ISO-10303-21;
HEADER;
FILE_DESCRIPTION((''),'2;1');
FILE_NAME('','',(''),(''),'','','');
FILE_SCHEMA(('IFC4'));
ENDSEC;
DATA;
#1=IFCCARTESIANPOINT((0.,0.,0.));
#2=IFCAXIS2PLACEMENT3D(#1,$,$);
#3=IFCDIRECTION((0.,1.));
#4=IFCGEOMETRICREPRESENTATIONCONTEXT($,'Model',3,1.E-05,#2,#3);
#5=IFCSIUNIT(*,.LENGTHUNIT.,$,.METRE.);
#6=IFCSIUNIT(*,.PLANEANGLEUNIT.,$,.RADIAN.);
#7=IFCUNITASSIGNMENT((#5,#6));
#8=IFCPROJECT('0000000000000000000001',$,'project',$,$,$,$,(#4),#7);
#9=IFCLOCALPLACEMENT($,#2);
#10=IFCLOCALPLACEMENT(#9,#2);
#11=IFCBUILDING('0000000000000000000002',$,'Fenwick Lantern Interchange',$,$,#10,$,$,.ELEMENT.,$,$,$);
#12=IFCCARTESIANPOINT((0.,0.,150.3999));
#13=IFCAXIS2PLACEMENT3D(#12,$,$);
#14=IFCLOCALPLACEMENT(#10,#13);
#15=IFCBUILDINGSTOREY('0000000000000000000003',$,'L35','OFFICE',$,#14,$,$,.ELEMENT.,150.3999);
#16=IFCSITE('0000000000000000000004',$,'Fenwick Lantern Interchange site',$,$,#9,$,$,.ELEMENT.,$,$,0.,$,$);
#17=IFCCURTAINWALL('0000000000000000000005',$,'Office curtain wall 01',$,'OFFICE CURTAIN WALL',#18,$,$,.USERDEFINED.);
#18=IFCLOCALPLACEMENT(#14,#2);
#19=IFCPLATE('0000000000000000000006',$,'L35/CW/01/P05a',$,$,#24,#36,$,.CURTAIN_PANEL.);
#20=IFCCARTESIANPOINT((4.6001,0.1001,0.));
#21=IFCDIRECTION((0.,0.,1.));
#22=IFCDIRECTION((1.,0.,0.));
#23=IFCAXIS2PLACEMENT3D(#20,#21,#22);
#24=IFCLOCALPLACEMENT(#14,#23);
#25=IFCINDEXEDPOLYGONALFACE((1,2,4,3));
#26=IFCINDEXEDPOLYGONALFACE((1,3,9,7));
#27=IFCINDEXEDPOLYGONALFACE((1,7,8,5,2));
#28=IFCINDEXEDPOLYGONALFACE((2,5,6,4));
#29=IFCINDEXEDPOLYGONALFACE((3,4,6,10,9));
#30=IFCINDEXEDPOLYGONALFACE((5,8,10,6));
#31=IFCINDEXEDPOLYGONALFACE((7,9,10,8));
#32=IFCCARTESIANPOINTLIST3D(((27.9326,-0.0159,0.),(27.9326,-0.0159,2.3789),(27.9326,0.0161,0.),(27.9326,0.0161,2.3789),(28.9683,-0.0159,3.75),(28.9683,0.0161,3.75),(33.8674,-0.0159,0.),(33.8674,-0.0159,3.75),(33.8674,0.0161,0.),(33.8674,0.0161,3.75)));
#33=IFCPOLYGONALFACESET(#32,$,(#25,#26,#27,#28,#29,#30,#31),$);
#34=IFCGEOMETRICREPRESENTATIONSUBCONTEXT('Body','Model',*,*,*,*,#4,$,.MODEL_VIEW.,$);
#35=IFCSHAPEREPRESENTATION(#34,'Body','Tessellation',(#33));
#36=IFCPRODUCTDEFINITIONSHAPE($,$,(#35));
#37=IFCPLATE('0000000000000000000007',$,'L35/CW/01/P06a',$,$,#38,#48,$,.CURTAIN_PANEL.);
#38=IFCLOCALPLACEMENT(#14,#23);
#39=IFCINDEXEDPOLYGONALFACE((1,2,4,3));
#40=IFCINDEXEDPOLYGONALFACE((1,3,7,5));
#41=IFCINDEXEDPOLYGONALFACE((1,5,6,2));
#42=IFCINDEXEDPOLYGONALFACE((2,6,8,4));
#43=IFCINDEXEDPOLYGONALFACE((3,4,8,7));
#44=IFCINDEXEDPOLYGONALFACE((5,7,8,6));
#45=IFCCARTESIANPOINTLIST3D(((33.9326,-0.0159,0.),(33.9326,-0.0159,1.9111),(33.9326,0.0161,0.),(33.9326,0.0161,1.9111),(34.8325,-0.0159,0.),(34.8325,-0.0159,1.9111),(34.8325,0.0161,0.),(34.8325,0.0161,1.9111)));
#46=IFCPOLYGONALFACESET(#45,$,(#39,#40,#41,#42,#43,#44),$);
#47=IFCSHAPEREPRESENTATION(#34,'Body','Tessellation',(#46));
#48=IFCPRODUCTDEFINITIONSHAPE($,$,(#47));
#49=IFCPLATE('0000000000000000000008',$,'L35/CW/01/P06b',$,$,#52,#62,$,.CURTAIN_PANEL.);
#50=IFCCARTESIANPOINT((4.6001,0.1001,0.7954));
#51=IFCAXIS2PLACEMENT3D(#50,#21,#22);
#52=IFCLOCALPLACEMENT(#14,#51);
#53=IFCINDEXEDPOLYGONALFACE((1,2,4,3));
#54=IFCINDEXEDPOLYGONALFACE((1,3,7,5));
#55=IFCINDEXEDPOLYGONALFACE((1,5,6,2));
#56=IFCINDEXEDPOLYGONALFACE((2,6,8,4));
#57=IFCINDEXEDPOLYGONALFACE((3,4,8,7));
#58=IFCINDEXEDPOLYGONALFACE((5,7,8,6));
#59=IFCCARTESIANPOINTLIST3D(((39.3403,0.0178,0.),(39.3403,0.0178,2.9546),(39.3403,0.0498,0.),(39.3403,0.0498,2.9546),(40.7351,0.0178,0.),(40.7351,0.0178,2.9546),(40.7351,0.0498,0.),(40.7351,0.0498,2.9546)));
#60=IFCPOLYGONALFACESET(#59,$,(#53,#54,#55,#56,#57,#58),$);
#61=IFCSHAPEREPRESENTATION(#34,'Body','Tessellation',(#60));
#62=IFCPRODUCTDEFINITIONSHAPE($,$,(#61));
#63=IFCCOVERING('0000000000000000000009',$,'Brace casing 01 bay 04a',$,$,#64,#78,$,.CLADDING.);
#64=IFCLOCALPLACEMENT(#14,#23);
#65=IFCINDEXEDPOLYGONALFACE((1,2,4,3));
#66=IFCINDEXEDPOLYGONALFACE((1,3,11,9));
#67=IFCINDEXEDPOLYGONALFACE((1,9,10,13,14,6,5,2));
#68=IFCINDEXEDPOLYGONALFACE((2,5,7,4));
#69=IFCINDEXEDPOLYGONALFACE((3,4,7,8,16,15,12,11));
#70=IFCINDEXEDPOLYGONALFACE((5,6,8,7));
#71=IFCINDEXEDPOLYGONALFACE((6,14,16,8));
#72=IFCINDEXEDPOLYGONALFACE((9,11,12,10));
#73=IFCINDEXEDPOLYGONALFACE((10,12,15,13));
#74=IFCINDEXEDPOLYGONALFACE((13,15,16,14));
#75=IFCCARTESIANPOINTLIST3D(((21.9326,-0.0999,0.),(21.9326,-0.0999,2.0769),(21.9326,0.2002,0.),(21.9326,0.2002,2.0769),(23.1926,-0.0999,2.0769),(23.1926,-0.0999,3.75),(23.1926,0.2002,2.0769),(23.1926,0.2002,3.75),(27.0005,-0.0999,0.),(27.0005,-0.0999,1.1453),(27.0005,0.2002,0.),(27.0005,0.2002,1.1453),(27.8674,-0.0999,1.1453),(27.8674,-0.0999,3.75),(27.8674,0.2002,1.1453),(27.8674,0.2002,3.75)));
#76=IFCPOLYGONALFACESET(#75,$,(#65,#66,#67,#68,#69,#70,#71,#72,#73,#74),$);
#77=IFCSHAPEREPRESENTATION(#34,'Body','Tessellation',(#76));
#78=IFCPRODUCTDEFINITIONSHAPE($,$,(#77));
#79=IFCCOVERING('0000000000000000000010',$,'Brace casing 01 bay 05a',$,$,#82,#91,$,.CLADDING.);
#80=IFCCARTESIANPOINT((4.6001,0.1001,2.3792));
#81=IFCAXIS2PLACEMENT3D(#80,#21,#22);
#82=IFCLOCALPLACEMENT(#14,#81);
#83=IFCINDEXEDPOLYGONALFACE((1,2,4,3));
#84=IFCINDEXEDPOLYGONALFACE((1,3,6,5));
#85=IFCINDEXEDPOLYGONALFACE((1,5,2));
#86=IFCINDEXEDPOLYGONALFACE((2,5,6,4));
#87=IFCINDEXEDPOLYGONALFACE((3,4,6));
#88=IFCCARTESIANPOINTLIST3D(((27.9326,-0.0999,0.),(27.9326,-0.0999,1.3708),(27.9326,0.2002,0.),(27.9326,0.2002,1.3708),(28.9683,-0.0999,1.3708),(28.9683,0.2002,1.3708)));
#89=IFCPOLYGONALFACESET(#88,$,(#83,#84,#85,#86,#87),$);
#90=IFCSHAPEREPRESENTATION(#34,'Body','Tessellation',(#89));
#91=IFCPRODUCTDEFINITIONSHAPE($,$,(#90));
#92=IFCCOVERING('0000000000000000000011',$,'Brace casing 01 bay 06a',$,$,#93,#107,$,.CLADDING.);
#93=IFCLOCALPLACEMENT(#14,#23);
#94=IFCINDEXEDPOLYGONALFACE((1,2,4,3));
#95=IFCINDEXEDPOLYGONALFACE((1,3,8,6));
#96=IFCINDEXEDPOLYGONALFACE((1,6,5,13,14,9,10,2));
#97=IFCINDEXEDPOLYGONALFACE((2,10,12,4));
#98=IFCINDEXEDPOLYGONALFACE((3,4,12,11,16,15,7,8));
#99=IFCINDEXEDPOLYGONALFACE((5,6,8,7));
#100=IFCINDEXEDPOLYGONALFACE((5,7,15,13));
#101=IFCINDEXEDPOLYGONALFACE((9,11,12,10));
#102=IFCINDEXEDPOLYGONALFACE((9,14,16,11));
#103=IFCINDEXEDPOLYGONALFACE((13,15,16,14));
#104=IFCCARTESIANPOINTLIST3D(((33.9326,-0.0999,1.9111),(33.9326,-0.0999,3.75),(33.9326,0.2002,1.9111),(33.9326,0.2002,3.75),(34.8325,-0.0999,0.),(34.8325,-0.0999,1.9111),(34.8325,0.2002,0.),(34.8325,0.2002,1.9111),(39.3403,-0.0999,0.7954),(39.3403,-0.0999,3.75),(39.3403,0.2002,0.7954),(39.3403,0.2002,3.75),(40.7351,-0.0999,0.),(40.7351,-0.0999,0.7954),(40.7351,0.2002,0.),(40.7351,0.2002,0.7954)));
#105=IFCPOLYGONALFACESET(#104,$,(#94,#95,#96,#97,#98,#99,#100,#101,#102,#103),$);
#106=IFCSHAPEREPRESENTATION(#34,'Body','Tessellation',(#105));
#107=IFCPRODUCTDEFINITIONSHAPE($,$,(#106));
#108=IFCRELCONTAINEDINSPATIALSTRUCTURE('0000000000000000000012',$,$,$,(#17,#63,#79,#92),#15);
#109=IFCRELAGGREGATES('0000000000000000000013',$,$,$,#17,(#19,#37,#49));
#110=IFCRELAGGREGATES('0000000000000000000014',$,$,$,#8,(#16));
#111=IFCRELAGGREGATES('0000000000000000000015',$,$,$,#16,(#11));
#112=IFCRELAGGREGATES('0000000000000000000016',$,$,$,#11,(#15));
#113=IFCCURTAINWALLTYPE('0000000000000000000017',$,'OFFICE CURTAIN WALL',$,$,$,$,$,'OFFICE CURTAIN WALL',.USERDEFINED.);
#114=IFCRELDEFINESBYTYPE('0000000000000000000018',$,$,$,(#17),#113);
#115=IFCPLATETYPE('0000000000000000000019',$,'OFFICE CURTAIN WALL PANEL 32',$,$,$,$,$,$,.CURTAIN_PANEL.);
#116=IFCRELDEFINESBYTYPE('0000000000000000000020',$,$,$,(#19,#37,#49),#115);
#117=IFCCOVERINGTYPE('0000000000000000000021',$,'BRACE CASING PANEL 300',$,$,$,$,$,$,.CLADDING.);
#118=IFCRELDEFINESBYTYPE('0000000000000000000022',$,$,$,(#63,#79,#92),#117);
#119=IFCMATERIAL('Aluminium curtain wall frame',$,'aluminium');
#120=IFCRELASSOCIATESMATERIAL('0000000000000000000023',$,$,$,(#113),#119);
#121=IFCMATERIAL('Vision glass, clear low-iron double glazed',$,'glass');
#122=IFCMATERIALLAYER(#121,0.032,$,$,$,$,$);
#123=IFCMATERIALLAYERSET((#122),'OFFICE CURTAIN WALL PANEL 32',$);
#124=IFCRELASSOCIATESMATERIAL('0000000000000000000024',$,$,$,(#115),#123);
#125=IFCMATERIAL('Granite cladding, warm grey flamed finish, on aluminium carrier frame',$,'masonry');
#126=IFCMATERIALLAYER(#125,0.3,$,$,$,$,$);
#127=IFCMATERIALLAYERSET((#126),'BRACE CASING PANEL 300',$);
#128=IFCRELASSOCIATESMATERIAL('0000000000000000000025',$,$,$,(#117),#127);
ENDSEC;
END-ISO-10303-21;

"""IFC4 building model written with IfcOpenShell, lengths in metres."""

from ifc_helpers import new_model, si_unit, direction, frame, origin, place, context, subcontext, project, spatial, polyline, outline, extrude, material, layer, layer_set, type_object, element, aggregate, save


model = new_model("IFC4")

# Units and contexts
model_context = context("Model", 3, precision=1e-05, world=origin(), true_north=direction((0.0, 1.0)))
body_context = subcontext(model_context, "Body", "Model", "MODEL_VIEW")
ifc_project = project(units=[si_unit("LENGTHUNIT", "METRE"), si_unit("PLANEANGLEUNIT", "RADIAN")], contexts=[model_context])

# Site, building, storey
site_placement = place(None, origin())
site = spatial("IfcSite", under=ifc_project, at=site_placement, Name="Fenwick Lantern Interchange site", CompositionType="ELEMENT", RefElevation=0.0)
building_placement = place(site_placement, origin())
building = spatial("IfcBuilding", under=site, at=building_placement, Name="Fenwick Lantern Interchange", CompositionType="ELEMENT")
storey_placement = place(building_placement, frame((0.0, 0.0, 150.3999)))
storey = spatial("IfcBuildingStorey", under=building, at=storey_placement, Name="L35", Description="OFFICE", CompositionType="ELEMENT", Elevation=150.3999)

# Curtain wall
ifc_material_1 = material(Name="Aluminium curtain wall frame", Category="aluminium")
curtain_wall_type = type_object("IfcCurtainWallType", Name="OFFICE CURTAIN WALL", ElementType="OFFICE CURTAIN WALL", PredefinedType="USERDEFINED", material=ifc_material_1)
curtain_wall_1_placement = place(storey_placement, origin())
curtain_wall_1 = element("IfcCurtainWall", 1, at=curtain_wall_1_placement, inside=storey, type_object=curtain_wall_type, Name="Office curtain wall 01", ObjectType="OFFICE CURTAIN WALL", PredefinedType="USERDEFINED")

# Plates
ifc_material_2 = material(Name="Vision glass, clear low-iron double glazed", Category="glass")
ifc_layer_1 = layer(ifc_material_2, 0.032)
ifc_layer_set_1 = layer_set([ifc_layer_1], Name="OFFICE CURTAIN WALL PANEL 32")
plate_type = type_object("IfcPlateType", Name="OFFICE CURTAIN WALL PANEL 32", PredefinedType="CURTAIN_PANEL", material=ifc_layer_set_1)
plate_1_placement = place(storey_placement, frame((4.6001, 0.1001, 0.0), z_axis=(0.0, 0.0, 1.0), x_axis=(1.0, 0.0, 0.0)))
plate_1 = element("IfcPlate", 2, at=plate_1_placement, type_object=plate_type, Name="L35/CW/01/P05a", PredefinedType="CURTAIN_PANEL", context=body_context, shape_type="SweptSolid", body=[
    extrude(outline(polyline([(27.9326, 0.0), (33.8674, 0.0), (33.8674, 3.75), (28.9683, 3.75), (27.9326, 2.3789), (27.9326, 0.0)])), frame((0.0, 0.0161, 0.0), z_axis=(0.0, -1.0, 0.0), x_axis=(1.0, 0.0, 0.0)), (0.0, 0.0, 1.0), 0.032),
])
plate_2_placement = place(storey_placement, frame((4.6001, 0.1001, 0.0), z_axis=(0.0, 0.0, 1.0), x_axis=(1.0, 0.0, 0.0)))
plate_2 = element("IfcPlate", 3, at=plate_2_placement, type_object=plate_type, Name="L35/CW/01/P06a", PredefinedType="CURTAIN_PANEL", context=body_context, shape_type="SweptSolid", body=[
    extrude(outline(polyline([(33.9326, 0.0), (34.8325, 0.0), (34.8325, 1.9111), (33.9326, 1.9111), (33.9326, 0.0)])), frame((0.0, 0.0161, 0.0), z_axis=(0.0, -1.0, 0.0), x_axis=(1.0, 0.0, 0.0)), (0.0, 0.0, 1.0), 0.032),
])
plate_3_placement = place(storey_placement, frame((4.6001, 0.1001, 0.7954), z_axis=(0.0, 0.0, 1.0), x_axis=(1.0, 0.0, 0.0)))
plate_3 = element("IfcPlate", 4, at=plate_3_placement, type_object=plate_type, Name="L35/CW/01/P06b", PredefinedType="CURTAIN_PANEL", context=body_context, shape_type="SweptSolid", body=[
    extrude(outline(polyline([(39.3403, 0.0), (40.7351, 0.0), (40.7351, 2.9546), (39.3403, 2.9546), (39.3403, 0.0)])), frame((0.0, 0.0498, 0.0), z_axis=(0.0, -1.0, 0.0), x_axis=(1.0, 0.0, 0.0)), (0.0, 0.0, 1.0), 0.032),
])
aggregate(curtain_wall_1, [plate_1, plate_2, plate_3])

# Coverings
ifc_material_3 = material(Name="Granite cladding, warm grey flamed finish, on aluminium carrier frame", Category="masonry")
ifc_layer_2 = layer(ifc_material_3, 0.3)
ifc_layer_set_2 = layer_set([ifc_layer_2], Name="BRACE CASING PANEL 300")
covering_type = type_object("IfcCoveringType", Name="BRACE CASING PANEL 300", PredefinedType="CLADDING", material=ifc_layer_set_2)
covering_1_placement = place(storey_placement, frame((4.6001, 0.1001, 0.0), z_axis=(0.0, 0.0, 1.0), x_axis=(1.0, 0.0, 0.0)))
element("IfcCovering", 5, at=covering_1_placement, inside=storey, type_object=covering_type, Name="Brace casing 01 bay 04a", PredefinedType="CLADDING", context=body_context, shape_type="SweptSolid", body=[
    extrude(outline(polyline([(21.9326, 0.0), (27.0005, 0.0), (27.0005, 1.1453), (27.8674, 1.1453), (27.8674, 3.75), (23.1926, 3.75), (23.1926, 2.0769), (21.9326, 2.0769), (21.9326, 0.0)])), frame((0.0, 0.2002, 0.0), z_axis=(0.0, -1.0, 0.0), x_axis=(1.0, 0.0, 0.0)), (0.0, 0.0, 1.0), 0.3),
])
covering_2_placement = place(storey_placement, frame((4.6001, 0.1001, 2.3792), z_axis=(0.0, 0.0, 1.0), x_axis=(1.0, 0.0, 0.0)))
element("IfcCovering", 6, at=covering_2_placement, inside=storey, type_object=covering_type, Name="Brace casing 01 bay 05a", PredefinedType="CLADDING", context=body_context, shape_type="SweptSolid", body=[
    extrude(outline(polyline([(27.9326, 0.0), (28.9683, 1.3708), (27.9326, 1.3708), (27.9326, 0.0)])), frame((0.0, 0.2002, 0.0), z_axis=(0.0, -1.0, 0.0), x_axis=(1.0, 0.0, 0.0)), (0.0, 0.0, 1.0), 0.3),
])
covering_3_placement = place(storey_placement, frame((4.6001, 0.1001, 0.0), z_axis=(0.0, 0.0, 1.0), x_axis=(1.0, 0.0, 0.0)))
element("IfcCovering", 7, at=covering_3_placement, inside=storey, type_object=covering_type, Name="Brace casing 01 bay 06a", PredefinedType="CLADDING", context=body_context, shape_type="SweptSolid", body=[
    extrude(outline(polyline([(34.8325, 0.0), (40.7351, 0.0), (40.7351, 0.7954), (39.3403, 0.7954), (39.3403, 3.75), (33.9326, 3.75), (33.9326, 1.9111), (34.8325, 1.9111), (34.8325, 0.0)])), frame((0.0, 0.2002, 0.0), z_axis=(0.0, -1.0, 0.0), x_axis=(1.0, 0.0, 0.0)), (0.0, 0.0, 1.0), 0.3),
])

save(model, "model.ifc")
